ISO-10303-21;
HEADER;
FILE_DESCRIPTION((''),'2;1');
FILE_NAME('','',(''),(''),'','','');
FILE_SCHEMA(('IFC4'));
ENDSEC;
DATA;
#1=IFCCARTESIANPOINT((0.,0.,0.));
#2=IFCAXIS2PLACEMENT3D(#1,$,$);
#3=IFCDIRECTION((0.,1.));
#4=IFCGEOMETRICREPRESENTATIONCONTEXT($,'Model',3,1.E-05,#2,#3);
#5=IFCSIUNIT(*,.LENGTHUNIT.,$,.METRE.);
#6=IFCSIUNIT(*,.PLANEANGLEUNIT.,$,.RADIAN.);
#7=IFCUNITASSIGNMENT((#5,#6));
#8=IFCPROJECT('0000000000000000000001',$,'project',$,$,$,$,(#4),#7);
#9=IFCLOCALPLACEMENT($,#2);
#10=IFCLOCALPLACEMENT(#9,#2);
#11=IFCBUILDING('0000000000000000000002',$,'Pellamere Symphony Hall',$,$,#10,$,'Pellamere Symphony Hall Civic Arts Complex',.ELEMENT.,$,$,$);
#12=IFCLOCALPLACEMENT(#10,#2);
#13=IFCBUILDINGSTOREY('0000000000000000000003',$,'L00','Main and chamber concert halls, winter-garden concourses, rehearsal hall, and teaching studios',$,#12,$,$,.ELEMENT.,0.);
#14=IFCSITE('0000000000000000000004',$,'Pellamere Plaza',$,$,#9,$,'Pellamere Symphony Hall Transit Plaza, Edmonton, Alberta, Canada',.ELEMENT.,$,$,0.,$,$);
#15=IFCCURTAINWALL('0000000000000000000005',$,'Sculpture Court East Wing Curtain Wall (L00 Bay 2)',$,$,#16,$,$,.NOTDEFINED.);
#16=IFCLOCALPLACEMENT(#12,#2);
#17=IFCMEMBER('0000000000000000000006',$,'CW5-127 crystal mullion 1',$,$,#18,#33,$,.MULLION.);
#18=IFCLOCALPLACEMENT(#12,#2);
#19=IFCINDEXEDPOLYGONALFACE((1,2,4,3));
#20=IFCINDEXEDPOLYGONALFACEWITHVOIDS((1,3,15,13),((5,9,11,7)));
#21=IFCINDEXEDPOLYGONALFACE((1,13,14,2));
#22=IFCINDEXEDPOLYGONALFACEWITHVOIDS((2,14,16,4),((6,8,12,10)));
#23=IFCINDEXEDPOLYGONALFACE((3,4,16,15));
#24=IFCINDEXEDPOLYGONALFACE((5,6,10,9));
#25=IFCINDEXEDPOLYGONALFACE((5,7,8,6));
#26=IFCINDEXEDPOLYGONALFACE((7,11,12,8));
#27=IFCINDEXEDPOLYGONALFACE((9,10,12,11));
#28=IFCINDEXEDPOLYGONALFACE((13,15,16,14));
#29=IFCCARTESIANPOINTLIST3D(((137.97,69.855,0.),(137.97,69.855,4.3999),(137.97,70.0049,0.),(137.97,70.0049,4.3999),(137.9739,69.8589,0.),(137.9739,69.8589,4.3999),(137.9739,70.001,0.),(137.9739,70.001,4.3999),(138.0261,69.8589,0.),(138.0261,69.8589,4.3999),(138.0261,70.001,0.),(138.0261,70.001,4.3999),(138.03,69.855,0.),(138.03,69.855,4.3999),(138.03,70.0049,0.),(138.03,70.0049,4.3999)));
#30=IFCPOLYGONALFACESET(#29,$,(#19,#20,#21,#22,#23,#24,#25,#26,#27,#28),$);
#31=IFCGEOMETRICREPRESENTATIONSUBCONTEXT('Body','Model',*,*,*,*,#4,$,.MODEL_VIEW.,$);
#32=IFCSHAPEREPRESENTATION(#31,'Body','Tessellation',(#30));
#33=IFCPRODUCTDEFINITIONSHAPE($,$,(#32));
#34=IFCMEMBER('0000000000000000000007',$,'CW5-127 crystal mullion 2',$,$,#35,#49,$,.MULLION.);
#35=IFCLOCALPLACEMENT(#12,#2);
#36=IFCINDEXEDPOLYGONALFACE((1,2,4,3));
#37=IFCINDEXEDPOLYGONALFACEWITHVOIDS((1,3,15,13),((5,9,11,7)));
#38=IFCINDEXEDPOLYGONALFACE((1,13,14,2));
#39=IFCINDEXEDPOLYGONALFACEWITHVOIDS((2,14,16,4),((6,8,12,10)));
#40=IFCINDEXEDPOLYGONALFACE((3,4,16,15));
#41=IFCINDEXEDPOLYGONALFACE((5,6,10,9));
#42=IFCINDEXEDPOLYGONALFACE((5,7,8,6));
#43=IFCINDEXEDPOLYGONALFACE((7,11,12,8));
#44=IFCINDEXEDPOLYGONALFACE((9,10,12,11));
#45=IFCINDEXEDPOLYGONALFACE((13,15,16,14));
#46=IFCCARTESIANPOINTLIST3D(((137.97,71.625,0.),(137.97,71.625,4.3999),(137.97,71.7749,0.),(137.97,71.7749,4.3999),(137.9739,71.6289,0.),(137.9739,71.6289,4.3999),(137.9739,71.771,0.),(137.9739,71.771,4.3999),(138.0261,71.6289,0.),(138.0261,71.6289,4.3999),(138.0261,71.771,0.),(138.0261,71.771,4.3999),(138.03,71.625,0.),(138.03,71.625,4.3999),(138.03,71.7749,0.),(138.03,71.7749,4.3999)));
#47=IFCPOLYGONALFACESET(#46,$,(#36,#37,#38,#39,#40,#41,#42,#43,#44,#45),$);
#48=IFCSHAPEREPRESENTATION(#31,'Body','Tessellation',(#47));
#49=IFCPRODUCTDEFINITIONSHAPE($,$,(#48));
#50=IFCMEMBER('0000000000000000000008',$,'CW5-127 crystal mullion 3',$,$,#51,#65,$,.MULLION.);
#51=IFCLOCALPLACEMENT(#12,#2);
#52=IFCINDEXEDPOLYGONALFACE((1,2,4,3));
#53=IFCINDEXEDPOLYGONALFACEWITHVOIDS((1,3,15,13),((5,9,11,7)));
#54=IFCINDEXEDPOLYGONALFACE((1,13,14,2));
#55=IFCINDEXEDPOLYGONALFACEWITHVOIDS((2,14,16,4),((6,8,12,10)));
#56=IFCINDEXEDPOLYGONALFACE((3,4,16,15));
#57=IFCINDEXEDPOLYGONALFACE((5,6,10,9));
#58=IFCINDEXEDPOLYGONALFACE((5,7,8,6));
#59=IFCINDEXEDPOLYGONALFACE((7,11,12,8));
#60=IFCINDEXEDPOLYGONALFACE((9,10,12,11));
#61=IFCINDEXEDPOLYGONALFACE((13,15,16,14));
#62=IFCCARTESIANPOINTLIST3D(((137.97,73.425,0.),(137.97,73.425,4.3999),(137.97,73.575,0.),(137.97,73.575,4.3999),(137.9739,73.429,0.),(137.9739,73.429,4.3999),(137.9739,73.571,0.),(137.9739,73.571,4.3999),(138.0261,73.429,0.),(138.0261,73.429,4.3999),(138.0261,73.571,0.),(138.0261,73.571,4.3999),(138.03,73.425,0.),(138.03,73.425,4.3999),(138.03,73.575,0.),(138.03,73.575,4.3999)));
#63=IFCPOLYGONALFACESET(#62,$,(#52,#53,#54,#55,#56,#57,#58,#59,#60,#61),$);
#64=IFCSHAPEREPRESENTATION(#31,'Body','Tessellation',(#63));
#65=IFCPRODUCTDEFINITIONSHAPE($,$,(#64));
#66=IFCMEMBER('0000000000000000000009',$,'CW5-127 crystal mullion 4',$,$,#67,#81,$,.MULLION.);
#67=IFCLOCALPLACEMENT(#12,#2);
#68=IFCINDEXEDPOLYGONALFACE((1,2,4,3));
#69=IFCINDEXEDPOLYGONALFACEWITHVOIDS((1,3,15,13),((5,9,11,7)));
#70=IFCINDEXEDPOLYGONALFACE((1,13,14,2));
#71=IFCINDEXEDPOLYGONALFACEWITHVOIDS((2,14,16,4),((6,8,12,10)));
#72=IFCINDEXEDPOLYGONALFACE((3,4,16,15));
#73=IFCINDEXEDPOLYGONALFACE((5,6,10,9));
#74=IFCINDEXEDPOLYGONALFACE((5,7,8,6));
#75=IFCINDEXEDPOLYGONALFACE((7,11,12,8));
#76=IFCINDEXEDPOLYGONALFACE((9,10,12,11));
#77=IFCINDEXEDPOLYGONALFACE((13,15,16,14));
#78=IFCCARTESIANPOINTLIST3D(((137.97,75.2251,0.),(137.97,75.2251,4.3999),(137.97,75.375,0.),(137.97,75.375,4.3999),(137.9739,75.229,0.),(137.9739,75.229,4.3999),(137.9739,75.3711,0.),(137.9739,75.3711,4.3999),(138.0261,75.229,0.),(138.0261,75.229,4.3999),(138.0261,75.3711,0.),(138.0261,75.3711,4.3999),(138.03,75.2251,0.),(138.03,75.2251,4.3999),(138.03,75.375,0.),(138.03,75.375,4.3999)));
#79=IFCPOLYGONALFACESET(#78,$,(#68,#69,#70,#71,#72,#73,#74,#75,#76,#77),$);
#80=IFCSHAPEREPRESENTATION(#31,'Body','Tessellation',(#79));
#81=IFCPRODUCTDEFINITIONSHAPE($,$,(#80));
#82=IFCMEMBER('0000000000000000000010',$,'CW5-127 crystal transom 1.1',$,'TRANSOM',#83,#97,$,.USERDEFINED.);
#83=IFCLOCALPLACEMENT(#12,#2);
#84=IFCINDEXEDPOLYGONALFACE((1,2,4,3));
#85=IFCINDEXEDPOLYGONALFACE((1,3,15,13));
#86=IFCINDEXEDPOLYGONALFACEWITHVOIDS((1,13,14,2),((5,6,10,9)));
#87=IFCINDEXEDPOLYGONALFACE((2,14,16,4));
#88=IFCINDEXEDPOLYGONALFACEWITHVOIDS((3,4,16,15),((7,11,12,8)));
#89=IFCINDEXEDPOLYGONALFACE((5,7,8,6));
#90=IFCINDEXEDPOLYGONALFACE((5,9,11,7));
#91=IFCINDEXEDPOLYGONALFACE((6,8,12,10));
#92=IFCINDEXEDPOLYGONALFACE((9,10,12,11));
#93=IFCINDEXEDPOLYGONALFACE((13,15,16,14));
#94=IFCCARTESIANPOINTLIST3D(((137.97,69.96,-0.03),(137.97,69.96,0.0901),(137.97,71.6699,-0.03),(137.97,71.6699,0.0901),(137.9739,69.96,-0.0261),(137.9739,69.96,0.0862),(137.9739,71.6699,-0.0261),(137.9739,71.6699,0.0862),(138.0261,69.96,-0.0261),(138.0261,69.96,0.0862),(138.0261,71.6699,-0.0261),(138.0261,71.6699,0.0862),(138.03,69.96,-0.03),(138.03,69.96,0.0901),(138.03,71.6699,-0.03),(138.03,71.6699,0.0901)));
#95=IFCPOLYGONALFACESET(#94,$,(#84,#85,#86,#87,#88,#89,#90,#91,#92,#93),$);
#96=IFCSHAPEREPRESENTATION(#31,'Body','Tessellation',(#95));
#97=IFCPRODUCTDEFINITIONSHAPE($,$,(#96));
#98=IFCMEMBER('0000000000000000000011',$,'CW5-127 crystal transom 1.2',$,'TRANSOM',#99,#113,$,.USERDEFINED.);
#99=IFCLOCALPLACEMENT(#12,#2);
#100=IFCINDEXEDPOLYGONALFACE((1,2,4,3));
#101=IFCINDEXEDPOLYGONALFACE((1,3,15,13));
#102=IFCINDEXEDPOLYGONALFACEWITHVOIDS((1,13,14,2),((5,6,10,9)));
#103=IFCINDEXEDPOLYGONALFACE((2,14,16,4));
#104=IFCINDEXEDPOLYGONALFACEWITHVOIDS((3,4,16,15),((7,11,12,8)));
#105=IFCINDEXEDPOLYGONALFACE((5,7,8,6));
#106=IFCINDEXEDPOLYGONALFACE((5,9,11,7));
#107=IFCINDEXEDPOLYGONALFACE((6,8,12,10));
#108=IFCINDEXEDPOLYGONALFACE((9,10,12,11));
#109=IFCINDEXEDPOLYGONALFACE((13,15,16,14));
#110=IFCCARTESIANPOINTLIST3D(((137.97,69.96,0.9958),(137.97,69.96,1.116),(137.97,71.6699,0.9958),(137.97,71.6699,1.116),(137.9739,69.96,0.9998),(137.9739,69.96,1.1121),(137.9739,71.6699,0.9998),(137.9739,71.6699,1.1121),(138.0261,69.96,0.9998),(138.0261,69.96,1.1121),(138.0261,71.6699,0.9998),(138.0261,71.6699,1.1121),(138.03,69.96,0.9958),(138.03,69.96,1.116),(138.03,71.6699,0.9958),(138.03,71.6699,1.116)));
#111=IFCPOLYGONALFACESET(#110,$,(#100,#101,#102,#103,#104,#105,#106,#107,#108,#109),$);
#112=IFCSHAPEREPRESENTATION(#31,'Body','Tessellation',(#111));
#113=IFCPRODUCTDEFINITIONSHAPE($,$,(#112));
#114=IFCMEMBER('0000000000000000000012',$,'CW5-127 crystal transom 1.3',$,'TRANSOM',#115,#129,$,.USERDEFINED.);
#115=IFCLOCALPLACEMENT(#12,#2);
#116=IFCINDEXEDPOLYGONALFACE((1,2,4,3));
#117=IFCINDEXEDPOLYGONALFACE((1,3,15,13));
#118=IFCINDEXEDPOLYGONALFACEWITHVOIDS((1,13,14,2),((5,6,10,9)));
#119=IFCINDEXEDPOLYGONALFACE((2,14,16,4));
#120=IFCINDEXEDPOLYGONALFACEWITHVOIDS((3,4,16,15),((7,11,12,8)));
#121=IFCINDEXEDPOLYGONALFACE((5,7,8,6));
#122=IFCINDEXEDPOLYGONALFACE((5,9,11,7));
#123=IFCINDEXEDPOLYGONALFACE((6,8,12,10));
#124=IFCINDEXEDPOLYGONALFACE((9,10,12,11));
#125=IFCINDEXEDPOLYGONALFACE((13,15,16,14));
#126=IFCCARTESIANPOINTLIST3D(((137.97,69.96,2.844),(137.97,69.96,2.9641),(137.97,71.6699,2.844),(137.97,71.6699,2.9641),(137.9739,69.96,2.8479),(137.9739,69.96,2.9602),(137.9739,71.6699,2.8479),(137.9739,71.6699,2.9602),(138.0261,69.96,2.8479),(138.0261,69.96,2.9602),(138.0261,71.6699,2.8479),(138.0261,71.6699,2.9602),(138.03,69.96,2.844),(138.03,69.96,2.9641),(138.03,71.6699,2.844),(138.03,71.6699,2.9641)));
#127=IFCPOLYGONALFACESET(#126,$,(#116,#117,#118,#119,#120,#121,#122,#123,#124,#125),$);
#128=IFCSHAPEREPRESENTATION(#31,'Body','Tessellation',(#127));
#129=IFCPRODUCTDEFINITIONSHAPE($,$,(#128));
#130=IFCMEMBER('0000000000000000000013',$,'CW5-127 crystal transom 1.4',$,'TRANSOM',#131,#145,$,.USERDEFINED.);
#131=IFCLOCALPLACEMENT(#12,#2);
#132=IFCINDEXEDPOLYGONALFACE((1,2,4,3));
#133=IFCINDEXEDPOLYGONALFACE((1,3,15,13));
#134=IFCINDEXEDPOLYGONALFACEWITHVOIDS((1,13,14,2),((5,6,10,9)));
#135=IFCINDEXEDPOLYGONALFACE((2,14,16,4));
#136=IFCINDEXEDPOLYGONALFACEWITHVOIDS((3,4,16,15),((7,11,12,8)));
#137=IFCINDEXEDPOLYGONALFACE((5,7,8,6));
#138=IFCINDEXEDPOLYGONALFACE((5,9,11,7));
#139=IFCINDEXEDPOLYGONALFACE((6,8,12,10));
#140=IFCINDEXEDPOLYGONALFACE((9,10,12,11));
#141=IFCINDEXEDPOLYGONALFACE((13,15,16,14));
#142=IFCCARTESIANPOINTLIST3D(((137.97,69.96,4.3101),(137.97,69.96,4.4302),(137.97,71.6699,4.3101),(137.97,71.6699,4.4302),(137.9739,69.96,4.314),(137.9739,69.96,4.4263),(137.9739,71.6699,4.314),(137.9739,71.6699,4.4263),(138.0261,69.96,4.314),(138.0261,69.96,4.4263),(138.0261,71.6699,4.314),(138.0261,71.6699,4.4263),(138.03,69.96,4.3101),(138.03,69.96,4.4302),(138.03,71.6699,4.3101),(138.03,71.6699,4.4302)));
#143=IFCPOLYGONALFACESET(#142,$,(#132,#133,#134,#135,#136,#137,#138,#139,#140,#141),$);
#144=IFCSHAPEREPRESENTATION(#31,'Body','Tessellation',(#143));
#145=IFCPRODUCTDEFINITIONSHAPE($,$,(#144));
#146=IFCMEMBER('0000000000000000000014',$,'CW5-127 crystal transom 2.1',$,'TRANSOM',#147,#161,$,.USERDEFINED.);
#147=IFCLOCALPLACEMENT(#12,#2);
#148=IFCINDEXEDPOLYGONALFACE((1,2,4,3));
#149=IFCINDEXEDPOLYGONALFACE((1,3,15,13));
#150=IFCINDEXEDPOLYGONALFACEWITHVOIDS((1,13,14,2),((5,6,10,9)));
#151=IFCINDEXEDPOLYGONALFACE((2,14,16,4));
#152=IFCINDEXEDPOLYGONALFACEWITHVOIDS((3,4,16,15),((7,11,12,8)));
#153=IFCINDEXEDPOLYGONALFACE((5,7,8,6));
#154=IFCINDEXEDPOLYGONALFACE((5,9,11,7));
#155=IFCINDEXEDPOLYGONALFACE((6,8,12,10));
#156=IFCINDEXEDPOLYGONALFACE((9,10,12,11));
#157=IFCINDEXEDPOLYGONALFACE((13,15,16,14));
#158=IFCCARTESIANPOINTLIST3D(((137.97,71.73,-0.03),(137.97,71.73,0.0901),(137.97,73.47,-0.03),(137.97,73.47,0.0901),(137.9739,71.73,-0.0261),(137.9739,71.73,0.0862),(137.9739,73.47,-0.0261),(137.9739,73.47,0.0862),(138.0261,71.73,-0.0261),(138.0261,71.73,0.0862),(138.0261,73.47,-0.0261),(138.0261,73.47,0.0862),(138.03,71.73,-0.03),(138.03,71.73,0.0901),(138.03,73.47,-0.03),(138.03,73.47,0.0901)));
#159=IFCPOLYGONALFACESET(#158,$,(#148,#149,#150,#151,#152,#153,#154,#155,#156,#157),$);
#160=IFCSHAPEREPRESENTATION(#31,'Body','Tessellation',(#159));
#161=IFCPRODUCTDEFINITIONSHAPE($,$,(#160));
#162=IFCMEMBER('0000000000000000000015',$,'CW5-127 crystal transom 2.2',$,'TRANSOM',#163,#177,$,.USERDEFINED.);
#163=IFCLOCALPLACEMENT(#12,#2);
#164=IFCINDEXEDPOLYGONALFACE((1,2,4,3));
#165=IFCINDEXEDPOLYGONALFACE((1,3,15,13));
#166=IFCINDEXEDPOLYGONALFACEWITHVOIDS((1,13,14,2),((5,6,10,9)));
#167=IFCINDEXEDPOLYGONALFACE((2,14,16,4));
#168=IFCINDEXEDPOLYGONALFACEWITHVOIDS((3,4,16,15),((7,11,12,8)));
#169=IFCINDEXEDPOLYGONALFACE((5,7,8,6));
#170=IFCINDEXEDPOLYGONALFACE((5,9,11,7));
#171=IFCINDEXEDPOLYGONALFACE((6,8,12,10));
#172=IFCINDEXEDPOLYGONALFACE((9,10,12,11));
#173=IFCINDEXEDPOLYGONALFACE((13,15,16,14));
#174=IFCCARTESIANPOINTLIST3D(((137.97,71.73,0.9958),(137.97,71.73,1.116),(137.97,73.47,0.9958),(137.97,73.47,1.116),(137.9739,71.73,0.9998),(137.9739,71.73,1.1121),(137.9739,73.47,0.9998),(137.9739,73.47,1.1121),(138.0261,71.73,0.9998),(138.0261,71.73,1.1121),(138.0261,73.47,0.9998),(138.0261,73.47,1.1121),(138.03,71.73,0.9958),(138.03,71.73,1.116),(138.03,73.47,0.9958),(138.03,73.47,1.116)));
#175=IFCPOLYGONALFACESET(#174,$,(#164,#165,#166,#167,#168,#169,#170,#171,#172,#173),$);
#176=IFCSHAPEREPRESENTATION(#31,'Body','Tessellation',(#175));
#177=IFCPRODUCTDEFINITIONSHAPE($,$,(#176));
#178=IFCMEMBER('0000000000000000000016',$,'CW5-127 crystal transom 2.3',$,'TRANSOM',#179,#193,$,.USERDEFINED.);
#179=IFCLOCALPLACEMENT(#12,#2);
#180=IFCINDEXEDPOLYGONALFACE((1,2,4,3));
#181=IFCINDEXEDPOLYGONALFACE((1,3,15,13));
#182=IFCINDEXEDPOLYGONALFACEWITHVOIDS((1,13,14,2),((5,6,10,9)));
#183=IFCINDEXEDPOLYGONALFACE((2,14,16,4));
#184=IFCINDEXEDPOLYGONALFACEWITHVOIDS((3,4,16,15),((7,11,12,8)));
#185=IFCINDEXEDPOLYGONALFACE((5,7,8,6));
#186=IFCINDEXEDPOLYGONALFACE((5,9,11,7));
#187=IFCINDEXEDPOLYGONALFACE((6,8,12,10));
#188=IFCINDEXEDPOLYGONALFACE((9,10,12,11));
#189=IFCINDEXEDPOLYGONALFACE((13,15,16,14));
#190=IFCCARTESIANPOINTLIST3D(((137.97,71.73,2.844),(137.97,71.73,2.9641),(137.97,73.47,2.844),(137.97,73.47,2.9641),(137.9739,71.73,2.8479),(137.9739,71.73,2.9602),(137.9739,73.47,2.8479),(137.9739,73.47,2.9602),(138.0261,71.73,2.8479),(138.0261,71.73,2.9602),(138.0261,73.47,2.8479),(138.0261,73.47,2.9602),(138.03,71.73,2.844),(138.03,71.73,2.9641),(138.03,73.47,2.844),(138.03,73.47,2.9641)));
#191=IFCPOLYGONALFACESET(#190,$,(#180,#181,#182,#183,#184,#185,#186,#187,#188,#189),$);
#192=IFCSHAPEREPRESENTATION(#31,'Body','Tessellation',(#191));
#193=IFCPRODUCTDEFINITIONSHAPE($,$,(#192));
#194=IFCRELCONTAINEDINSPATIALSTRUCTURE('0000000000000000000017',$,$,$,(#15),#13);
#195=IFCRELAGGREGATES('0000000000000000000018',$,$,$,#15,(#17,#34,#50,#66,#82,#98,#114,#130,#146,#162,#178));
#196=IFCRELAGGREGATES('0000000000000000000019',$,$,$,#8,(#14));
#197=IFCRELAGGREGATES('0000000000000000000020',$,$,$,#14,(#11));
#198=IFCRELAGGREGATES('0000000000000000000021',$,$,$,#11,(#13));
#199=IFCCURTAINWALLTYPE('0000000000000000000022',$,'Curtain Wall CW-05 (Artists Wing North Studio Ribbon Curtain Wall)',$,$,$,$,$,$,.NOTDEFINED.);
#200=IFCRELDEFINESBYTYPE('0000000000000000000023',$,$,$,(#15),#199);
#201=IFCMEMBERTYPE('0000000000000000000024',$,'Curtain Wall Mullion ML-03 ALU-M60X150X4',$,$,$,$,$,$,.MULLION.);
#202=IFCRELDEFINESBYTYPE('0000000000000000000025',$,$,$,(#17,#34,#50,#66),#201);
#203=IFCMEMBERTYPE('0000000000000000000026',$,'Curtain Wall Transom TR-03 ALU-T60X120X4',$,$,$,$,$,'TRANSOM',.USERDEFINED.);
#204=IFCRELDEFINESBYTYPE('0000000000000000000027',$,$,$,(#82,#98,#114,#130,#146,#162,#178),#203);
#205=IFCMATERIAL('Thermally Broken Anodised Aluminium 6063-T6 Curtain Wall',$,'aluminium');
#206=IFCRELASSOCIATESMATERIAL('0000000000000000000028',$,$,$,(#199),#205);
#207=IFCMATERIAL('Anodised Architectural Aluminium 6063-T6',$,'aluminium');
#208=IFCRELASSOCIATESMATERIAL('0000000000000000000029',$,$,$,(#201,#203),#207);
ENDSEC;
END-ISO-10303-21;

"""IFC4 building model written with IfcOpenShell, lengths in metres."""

from ifc_helpers import new_model, si_unit, direction, frame, origin, origin_2d, place, context, subcontext, project, spatial, hollow_rectangle, extrude, material, material_profile, profile_set, type_object, element, aggregate, save


model = new_model("IFC4")

# Units and contexts
model_context = context("Model", 3, precision=1e-05, world=origin(), true_north=direction((0.0, 1.0)))
body_context = subcontext(model_context, "Body", "Model", "MODEL_VIEW")
ifc_project = project(units=[si_unit("LENGTHUNIT", "METRE"), si_unit("PLANEANGLEUNIT", "RADIAN")], contexts=[model_context])

# Site, building, storey
site_placement = place(None, origin())
site = spatial("IfcSite", under=ifc_project, at=site_placement, Name="Pellamere Plaza", LongName="Pellamere Symphony Hall Transit Plaza, Edmonton, Alberta, Canada", CompositionType="ELEMENT", RefElevation=0.0)
building_placement = place(site_placement, origin())
building = spatial("IfcBuilding", under=site, at=building_placement, Name="Pellamere Symphony Hall", LongName="Pellamere Symphony Hall Civic Arts Complex", CompositionType="ELEMENT")
storey_placement = place(building_placement, origin())
storey = spatial("IfcBuildingStorey", under=building, at=storey_placement, Name="L00", Description="Main and chamber concert halls, winter-garden concourses, rehearsal hall, and teaching studios", CompositionType="ELEMENT", Elevation=0.0)

# Curtain wall, members
ifc_material_1 = material(Name="Thermally Broken Anodised Aluminium 6063-T6 Curtain Wall", Category="aluminium")
curtain_wall_type = type_object("IfcCurtainWallType", Name="Curtain Wall CW-05 (Artists Wing North Studio Ribbon Curtain Wall)", PredefinedType="NOTDEFINED", material=ifc_material_1)
curtain_wall_placement = place(storey_placement, origin())
curtain_wall = element("IfcCurtainWall", 1, at=curtain_wall_placement, inside=storey, type_object=curtain_wall_type, Name="Sculpture Court East Wing Curtain Wall (L00 Bay 2)", PredefinedType="NOTDEFINED")
ifc_material_2 = material(Name="Anodised Architectural Aluminium 6063-T6", Category="aluminium")
ifc_material_profile_1 = material_profile(ifc_material_2, hollow_rectangle(XDim=0.0601, YDim=0.1499, WallThickness=0.0039, at=origin_2d()), Name="ALU-M60X150X4")
ifc_profile_set_1 = profile_set([ifc_material_profile_1], Name="Anodised Architectural Aluminium 6063-T6")
member_type_1 = type_object("IfcMemberType", Name="Curtain Wall Mullion ML-03 ALU-M60X150X4", PredefinedType="MULLION", material=ifc_profile_set_1)
member_1_placement = place(storey_placement, frame((138.0, 69.9299, 0.0), z_axis=(0.0, 0.0, 1.0), x_axis=(-1.0, 0.0, 0.0)))
member_1 = element("IfcMember", 2, at=member_1_placement, type_object=member_type_1, Name="CW5-127 crystal mullion 1", PredefinedType="MULLION", context=body_context, shape_type="SweptSolid", body=[
    extrude(hollow_rectangle(XDim=0.0601, YDim=0.1499, WallThickness=0.0039, at=origin_2d()), origin(), (0.0, 0.0, 1.0), 4.3999),
])
member_2_placement = place(storey_placement, frame((138.0, 71.7, 0.0), z_axis=(0.0, 0.0, 1.0), x_axis=(-1.0, 0.0, 0.0)))
member_2 = element("IfcMember", 3, at=member_2_placement, type_object=member_type_1, Name="CW5-127 crystal mullion 2", PredefinedType="MULLION", context=body_context, shape_type="SweptSolid", body=[
    extrude(hollow_rectangle(XDim=0.0601, YDim=0.1499, WallThickness=0.0039, at=origin_2d()), origin(), (0.0, 0.0, 1.0), 4.3999),
])
member_3_placement = place(storey_placement, frame((138.0, 73.5, 0.0), z_axis=(0.0, 0.0, 1.0), x_axis=(-1.0, 0.0, 0.0)))
member_3 = element("IfcMember", 4, at=member_3_placement, type_object=member_type_1, Name="CW5-127 crystal mullion 3", PredefinedType="MULLION", context=body_context, shape_type="SweptSolid", body=[
    extrude(hollow_rectangle(XDim=0.0601, YDim=0.1499, WallThickness=0.0039, at=origin_2d()), origin(), (0.0, 0.0, 1.0), 4.3999),
])
member_4_placement = place(storey_placement, frame((138.0, 75.3, 0.0), z_axis=(0.0, 0.0, 1.0), x_axis=(-1.0, 0.0, 0.0)))
member_4 = element("IfcMember", 5, at=member_4_placement, type_object=member_type_1, Name="CW5-127 crystal mullion 4", PredefinedType="MULLION", context=body_context, shape_type="SweptSolid", body=[
    extrude(hollow_rectangle(XDim=0.0601, YDim=0.1499, WallThickness=0.0039, at=origin_2d()), origin(), (0.0, 0.0, 1.0), 4.3999),
])
ifc_material_profile_2 = material_profile(ifc_material_2, hollow_rectangle(XDim=0.0601, YDim=0.1201, WallThickness=0.0039, at=origin_2d()), Name="ALU-T60X120X4")
ifc_profile_set_2 = profile_set([ifc_material_profile_2], Name="Anodised Architectural Aluminium 6063-T6")
member_type_2 = type_object("IfcMemberType", Name="Curtain Wall Transom TR-03 ALU-T60X120X4", ElementType="TRANSOM", PredefinedType="USERDEFINED", material=ifc_profile_set_2)
member_5_placement = place(storey_placement, frame((138.0, 69.96, 0.03), z_axis=(0.0, 1.0, 0.0), x_axis=(-1.0, 0.0, 0.0)))
member_5 = element("IfcMember", 6, at=member_5_placement, type_object=member_type_2, Name="CW5-127 crystal transom 1.1", ObjectType="TRANSOM", PredefinedType="USERDEFINED", context=body_context, shape_type="SweptSolid", body=[
    extrude(hollow_rectangle(XDim=0.0601, YDim=0.1201, WallThickness=0.0039, at=origin_2d()), origin(), (0.0, 0.0, 1.0), 1.71),
])
member_6_placement = place(storey_placement, frame((138.0, 69.96, 1.0559), z_axis=(0.0, 1.0, 0.0), x_axis=(-1.0, 0.0, 0.0)))
member_6 = element("IfcMember", 7, at=member_6_placement, type_object=member_type_2, Name="CW5-127 crystal transom 1.2", ObjectType="TRANSOM", PredefinedType="USERDEFINED", context=body_context, shape_type="SweptSolid", body=[
    extrude(hollow_rectangle(XDim=0.0601, YDim=0.1201, WallThickness=0.0039, at=origin_2d()), origin(), (0.0, 0.0, 1.0), 1.71),
])
member_7_placement = place(storey_placement, frame((138.0, 69.96, 2.9041), z_axis=(0.0, 1.0, 0.0), x_axis=(-1.0, 0.0, 0.0)))
member_7 = element("IfcMember", 8, at=member_7_placement, type_object=member_type_2, Name="CW5-127 crystal transom 1.3", ObjectType="TRANSOM", PredefinedType="USERDEFINED", context=body_context, shape_type="SweptSolid", body=[
    extrude(hollow_rectangle(XDim=0.0601, YDim=0.1201, WallThickness=0.0039, at=origin_2d()), origin(), (0.0, 0.0, 1.0), 1.71),
])
member_8_placement = place(storey_placement, frame((138.0, 69.96, 4.3701), z_axis=(0.0, 1.0, 0.0), x_axis=(-1.0, 0.0, 0.0)))
member_8 = element("IfcMember", 9, at=member_8_placement, type_object=member_type_2, Name="CW5-127 crystal transom 1.4", ObjectType="TRANSOM", PredefinedType="USERDEFINED", context=body_context, shape_type="SweptSolid", body=[
    extrude(hollow_rectangle(XDim=0.0601, YDim=0.1201, WallThickness=0.0039, at=origin_2d()), origin(), (0.0, 0.0, 1.0), 1.71),
])
member_9_placement = place(storey_placement, frame((138.0, 71.73, 0.03), z_axis=(0.0, 1.0, 0.0), x_axis=(-1.0, 0.0, 0.0)))
member_9 = element("IfcMember", 10, at=member_9_placement, type_object=member_type_2, Name="CW5-127 crystal transom 2.1", ObjectType="TRANSOM", PredefinedType="USERDEFINED", context=body_context, shape_type="SweptSolid", body=[
    extrude(hollow_rectangle(XDim=0.0601, YDim=0.1201, WallThickness=0.0039, at=origin_2d()), origin(), (0.0, 0.0, 1.0), 1.74),
])
member_10_placement = place(storey_placement, frame((138.0, 71.73, 1.0559), z_axis=(0.0, 1.0, 0.0), x_axis=(-1.0, 0.0, 0.0)))
member_10 = element("IfcMember", 11, at=member_10_placement, type_object=member_type_2, Name="CW5-127 crystal transom 2.2", ObjectType="TRANSOM", PredefinedType="USERDEFINED", context=body_context, shape_type="SweptSolid", body=[
    extrude(hollow_rectangle(XDim=0.0601, YDim=0.1201, WallThickness=0.0039, at=origin_2d()), origin(), (0.0, 0.0, 1.0), 1.74),
])
member_11_placement = place(storey_placement, frame((138.0, 71.73, 2.9041), z_axis=(0.0, 1.0, 0.0), x_axis=(-1.0, 0.0, 0.0)))
member_11 = element("IfcMember", 12, at=member_11_placement, type_object=member_type_2, Name="CW5-127 crystal transom 2.3", ObjectType="TRANSOM", PredefinedType="USERDEFINED", context=body_context, shape_type="SweptSolid", body=[
    extrude(hollow_rectangle(XDim=0.0601, YDim=0.1201, WallThickness=0.0039, at=origin_2d()), origin(), (0.0, 0.0, 1.0), 1.74),
])

aggregate(curtain_wall, [member_1, member_2, member_3, member_4, member_5, member_6, member_7, member_8, member_9, member_10, member_11])

save(model, "model.ifc")
